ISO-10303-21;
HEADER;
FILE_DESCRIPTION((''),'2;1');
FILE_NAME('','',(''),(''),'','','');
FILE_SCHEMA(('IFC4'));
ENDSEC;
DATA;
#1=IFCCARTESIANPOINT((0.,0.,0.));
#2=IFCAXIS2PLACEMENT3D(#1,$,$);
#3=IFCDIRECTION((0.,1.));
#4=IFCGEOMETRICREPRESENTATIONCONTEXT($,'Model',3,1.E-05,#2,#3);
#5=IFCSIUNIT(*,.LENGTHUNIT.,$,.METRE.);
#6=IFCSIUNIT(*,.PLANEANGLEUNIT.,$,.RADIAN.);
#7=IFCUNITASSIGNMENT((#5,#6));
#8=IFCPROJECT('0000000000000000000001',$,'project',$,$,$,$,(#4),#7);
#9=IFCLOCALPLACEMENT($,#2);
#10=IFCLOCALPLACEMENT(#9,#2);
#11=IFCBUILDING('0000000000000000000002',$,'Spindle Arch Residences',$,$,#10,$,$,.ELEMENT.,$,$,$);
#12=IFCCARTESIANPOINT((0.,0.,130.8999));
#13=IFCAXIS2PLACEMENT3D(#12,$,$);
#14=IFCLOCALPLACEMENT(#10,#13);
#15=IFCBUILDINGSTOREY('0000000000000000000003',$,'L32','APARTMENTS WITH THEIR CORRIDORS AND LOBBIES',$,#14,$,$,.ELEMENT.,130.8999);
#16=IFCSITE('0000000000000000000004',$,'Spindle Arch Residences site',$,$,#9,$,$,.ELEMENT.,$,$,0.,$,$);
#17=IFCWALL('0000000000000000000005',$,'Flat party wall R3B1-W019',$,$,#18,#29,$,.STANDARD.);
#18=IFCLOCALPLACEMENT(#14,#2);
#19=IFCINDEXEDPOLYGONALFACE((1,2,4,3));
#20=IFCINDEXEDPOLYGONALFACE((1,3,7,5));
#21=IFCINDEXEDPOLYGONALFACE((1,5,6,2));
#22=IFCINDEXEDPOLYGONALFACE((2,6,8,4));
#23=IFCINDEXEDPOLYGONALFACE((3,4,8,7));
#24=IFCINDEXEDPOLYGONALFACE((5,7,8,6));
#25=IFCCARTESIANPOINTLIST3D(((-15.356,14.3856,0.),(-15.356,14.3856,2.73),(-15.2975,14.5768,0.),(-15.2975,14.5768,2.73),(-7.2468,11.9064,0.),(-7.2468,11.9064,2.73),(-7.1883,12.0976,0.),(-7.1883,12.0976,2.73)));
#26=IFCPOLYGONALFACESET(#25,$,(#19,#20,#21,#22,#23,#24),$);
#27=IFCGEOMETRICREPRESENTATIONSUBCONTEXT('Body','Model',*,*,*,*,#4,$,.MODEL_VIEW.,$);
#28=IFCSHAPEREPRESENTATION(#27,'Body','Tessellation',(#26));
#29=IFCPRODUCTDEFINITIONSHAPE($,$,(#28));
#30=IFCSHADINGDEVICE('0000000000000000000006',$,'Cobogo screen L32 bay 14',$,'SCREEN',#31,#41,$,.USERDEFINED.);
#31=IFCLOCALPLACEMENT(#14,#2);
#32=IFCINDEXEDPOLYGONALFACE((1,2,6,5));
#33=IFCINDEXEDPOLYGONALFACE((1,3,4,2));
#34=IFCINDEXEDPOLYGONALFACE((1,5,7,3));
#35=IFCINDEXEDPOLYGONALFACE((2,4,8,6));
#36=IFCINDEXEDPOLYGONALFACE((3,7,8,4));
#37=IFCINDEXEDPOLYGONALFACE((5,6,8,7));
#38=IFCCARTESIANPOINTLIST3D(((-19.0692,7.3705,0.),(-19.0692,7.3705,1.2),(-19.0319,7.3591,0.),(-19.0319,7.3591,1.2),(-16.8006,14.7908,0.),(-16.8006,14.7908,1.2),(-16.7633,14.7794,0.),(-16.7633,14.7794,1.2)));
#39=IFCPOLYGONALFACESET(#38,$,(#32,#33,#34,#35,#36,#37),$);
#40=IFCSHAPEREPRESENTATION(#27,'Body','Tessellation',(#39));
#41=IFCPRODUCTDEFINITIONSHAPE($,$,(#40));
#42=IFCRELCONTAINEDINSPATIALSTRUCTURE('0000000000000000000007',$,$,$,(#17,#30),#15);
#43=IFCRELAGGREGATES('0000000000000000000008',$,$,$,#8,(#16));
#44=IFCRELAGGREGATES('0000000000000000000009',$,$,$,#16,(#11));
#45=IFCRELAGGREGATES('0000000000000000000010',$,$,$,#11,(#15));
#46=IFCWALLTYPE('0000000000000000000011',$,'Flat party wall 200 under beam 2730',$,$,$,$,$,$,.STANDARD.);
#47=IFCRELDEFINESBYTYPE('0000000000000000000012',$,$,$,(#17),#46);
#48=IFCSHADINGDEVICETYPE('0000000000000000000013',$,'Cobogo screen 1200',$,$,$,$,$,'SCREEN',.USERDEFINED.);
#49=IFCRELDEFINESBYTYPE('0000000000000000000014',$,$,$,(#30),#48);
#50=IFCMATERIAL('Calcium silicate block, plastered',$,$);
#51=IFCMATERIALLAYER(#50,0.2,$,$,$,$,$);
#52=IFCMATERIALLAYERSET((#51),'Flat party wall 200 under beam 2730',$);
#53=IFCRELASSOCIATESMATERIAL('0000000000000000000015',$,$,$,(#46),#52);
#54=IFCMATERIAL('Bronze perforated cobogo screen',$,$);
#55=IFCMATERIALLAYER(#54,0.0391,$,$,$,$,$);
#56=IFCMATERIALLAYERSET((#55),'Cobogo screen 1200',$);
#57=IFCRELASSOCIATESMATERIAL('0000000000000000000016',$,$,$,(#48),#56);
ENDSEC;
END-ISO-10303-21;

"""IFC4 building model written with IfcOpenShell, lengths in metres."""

from ifc_helpers import new_model, si_unit, direction, frame, frame_2d, origin, origin_2d, place, context, subcontext, project, spatial, rectangle, extrude, material, layer, layer_set, type_object, element, save


model = new_model("IFC4")

# Units and contexts
model_context = context("Model", 3, precision=1e-05, world=origin(), true_north=direction((0.0, 1.0)))
body_context = subcontext(model_context, "Body", "Model", "MODEL_VIEW")
ifc_project = project(units=[si_unit("LENGTHUNIT", "METRE"), si_unit("PLANEANGLEUNIT", "RADIAN")], contexts=[model_context])

# Site, building, storey
site_placement = place(None, origin())
site = spatial("IfcSite", under=ifc_project, at=site_placement, Name="Spindle Arch Residences site", CompositionType="ELEMENT", RefElevation=0.0)
building_placement = place(site_placement, origin())
building = spatial("IfcBuilding", under=site, at=building_placement, Name="Spindle Arch Residences", CompositionType="ELEMENT")
storey_placement = place(building_placement, frame((0.0, 0.0, 130.8999)))
storey = spatial("IfcBuildingStorey", under=building, at=storey_placement, Name="L32", Description="APARTMENTS WITH THEIR CORRIDORS AND LOBBIES", CompositionType="ELEMENT", Elevation=130.8999)

# Wall
ifc_material_1 = material(Name="Calcium silicate block, plastered")
ifc_layer_1 = layer(ifc_material_1, 0.2)
ifc_layer_set_1 = layer_set([ifc_layer_1], Name="Flat party wall 200 under beam 2730")
wall_type_1 = type_object("IfcWallType", Name="Flat party wall 200 under beam 2730", PredefinedType="STANDARD", material=ifc_layer_set_1)
wall_1_placement = place(storey_placement, frame((-15.3267, 14.4812, 0.0), z_axis=(0.0, 0.0, 1.0), x_axis=(0.956304, -0.292376, 0.0)))
element("IfcWall", 1, at=wall_1_placement, inside=storey, type_object=wall_type_1, Name="Flat party wall R3B1-W019", PredefinedType="STANDARD", context=body_context, shape_type="SweptSolid", body=[
    extrude(rectangle(XDim=8.4797, YDim=0.2, at=frame_2d((4.2397, 0.0))), origin(), (0.0, 0.0, 1.0), 2.73),
])

# Shading device
ifc_material_2 = material(Name="Bronze perforated cobogo screen")
ifc_layer_2 = layer(ifc_material_2, 0.0391)
ifc_layer_set_2 = layer_set([ifc_layer_2], Name="Cobogo screen 1200")
shading_device_type = type_object("IfcShadingDeviceType", Name="Cobogo screen 1200", ElementType="SCREEN", PredefinedType="USERDEFINED", material=ifc_layer_set_2)
shading_device_placement = place(storey_placement, frame((-17.9163, 11.075, 0.0), z_axis=(0.0, 0.0, 1.0), x_axis=(-0.292372, -0.956305, 0.0)))
element("IfcShadingDevice", 2, at=shading_device_placement, inside=storey, type_object=shading_device_type, Name="Cobogo screen L32 bay 14", ObjectType="SCREEN", PredefinedType="USERDEFINED", context=body_context, shape_type="SweptSolid", body=[
    extrude(rectangle(XDim=7.7593, YDim=0.0391, at=origin_2d()), origin(), (0.0, 0.0, 1.0), 1.2),
])

save(model, "model.ifc")
